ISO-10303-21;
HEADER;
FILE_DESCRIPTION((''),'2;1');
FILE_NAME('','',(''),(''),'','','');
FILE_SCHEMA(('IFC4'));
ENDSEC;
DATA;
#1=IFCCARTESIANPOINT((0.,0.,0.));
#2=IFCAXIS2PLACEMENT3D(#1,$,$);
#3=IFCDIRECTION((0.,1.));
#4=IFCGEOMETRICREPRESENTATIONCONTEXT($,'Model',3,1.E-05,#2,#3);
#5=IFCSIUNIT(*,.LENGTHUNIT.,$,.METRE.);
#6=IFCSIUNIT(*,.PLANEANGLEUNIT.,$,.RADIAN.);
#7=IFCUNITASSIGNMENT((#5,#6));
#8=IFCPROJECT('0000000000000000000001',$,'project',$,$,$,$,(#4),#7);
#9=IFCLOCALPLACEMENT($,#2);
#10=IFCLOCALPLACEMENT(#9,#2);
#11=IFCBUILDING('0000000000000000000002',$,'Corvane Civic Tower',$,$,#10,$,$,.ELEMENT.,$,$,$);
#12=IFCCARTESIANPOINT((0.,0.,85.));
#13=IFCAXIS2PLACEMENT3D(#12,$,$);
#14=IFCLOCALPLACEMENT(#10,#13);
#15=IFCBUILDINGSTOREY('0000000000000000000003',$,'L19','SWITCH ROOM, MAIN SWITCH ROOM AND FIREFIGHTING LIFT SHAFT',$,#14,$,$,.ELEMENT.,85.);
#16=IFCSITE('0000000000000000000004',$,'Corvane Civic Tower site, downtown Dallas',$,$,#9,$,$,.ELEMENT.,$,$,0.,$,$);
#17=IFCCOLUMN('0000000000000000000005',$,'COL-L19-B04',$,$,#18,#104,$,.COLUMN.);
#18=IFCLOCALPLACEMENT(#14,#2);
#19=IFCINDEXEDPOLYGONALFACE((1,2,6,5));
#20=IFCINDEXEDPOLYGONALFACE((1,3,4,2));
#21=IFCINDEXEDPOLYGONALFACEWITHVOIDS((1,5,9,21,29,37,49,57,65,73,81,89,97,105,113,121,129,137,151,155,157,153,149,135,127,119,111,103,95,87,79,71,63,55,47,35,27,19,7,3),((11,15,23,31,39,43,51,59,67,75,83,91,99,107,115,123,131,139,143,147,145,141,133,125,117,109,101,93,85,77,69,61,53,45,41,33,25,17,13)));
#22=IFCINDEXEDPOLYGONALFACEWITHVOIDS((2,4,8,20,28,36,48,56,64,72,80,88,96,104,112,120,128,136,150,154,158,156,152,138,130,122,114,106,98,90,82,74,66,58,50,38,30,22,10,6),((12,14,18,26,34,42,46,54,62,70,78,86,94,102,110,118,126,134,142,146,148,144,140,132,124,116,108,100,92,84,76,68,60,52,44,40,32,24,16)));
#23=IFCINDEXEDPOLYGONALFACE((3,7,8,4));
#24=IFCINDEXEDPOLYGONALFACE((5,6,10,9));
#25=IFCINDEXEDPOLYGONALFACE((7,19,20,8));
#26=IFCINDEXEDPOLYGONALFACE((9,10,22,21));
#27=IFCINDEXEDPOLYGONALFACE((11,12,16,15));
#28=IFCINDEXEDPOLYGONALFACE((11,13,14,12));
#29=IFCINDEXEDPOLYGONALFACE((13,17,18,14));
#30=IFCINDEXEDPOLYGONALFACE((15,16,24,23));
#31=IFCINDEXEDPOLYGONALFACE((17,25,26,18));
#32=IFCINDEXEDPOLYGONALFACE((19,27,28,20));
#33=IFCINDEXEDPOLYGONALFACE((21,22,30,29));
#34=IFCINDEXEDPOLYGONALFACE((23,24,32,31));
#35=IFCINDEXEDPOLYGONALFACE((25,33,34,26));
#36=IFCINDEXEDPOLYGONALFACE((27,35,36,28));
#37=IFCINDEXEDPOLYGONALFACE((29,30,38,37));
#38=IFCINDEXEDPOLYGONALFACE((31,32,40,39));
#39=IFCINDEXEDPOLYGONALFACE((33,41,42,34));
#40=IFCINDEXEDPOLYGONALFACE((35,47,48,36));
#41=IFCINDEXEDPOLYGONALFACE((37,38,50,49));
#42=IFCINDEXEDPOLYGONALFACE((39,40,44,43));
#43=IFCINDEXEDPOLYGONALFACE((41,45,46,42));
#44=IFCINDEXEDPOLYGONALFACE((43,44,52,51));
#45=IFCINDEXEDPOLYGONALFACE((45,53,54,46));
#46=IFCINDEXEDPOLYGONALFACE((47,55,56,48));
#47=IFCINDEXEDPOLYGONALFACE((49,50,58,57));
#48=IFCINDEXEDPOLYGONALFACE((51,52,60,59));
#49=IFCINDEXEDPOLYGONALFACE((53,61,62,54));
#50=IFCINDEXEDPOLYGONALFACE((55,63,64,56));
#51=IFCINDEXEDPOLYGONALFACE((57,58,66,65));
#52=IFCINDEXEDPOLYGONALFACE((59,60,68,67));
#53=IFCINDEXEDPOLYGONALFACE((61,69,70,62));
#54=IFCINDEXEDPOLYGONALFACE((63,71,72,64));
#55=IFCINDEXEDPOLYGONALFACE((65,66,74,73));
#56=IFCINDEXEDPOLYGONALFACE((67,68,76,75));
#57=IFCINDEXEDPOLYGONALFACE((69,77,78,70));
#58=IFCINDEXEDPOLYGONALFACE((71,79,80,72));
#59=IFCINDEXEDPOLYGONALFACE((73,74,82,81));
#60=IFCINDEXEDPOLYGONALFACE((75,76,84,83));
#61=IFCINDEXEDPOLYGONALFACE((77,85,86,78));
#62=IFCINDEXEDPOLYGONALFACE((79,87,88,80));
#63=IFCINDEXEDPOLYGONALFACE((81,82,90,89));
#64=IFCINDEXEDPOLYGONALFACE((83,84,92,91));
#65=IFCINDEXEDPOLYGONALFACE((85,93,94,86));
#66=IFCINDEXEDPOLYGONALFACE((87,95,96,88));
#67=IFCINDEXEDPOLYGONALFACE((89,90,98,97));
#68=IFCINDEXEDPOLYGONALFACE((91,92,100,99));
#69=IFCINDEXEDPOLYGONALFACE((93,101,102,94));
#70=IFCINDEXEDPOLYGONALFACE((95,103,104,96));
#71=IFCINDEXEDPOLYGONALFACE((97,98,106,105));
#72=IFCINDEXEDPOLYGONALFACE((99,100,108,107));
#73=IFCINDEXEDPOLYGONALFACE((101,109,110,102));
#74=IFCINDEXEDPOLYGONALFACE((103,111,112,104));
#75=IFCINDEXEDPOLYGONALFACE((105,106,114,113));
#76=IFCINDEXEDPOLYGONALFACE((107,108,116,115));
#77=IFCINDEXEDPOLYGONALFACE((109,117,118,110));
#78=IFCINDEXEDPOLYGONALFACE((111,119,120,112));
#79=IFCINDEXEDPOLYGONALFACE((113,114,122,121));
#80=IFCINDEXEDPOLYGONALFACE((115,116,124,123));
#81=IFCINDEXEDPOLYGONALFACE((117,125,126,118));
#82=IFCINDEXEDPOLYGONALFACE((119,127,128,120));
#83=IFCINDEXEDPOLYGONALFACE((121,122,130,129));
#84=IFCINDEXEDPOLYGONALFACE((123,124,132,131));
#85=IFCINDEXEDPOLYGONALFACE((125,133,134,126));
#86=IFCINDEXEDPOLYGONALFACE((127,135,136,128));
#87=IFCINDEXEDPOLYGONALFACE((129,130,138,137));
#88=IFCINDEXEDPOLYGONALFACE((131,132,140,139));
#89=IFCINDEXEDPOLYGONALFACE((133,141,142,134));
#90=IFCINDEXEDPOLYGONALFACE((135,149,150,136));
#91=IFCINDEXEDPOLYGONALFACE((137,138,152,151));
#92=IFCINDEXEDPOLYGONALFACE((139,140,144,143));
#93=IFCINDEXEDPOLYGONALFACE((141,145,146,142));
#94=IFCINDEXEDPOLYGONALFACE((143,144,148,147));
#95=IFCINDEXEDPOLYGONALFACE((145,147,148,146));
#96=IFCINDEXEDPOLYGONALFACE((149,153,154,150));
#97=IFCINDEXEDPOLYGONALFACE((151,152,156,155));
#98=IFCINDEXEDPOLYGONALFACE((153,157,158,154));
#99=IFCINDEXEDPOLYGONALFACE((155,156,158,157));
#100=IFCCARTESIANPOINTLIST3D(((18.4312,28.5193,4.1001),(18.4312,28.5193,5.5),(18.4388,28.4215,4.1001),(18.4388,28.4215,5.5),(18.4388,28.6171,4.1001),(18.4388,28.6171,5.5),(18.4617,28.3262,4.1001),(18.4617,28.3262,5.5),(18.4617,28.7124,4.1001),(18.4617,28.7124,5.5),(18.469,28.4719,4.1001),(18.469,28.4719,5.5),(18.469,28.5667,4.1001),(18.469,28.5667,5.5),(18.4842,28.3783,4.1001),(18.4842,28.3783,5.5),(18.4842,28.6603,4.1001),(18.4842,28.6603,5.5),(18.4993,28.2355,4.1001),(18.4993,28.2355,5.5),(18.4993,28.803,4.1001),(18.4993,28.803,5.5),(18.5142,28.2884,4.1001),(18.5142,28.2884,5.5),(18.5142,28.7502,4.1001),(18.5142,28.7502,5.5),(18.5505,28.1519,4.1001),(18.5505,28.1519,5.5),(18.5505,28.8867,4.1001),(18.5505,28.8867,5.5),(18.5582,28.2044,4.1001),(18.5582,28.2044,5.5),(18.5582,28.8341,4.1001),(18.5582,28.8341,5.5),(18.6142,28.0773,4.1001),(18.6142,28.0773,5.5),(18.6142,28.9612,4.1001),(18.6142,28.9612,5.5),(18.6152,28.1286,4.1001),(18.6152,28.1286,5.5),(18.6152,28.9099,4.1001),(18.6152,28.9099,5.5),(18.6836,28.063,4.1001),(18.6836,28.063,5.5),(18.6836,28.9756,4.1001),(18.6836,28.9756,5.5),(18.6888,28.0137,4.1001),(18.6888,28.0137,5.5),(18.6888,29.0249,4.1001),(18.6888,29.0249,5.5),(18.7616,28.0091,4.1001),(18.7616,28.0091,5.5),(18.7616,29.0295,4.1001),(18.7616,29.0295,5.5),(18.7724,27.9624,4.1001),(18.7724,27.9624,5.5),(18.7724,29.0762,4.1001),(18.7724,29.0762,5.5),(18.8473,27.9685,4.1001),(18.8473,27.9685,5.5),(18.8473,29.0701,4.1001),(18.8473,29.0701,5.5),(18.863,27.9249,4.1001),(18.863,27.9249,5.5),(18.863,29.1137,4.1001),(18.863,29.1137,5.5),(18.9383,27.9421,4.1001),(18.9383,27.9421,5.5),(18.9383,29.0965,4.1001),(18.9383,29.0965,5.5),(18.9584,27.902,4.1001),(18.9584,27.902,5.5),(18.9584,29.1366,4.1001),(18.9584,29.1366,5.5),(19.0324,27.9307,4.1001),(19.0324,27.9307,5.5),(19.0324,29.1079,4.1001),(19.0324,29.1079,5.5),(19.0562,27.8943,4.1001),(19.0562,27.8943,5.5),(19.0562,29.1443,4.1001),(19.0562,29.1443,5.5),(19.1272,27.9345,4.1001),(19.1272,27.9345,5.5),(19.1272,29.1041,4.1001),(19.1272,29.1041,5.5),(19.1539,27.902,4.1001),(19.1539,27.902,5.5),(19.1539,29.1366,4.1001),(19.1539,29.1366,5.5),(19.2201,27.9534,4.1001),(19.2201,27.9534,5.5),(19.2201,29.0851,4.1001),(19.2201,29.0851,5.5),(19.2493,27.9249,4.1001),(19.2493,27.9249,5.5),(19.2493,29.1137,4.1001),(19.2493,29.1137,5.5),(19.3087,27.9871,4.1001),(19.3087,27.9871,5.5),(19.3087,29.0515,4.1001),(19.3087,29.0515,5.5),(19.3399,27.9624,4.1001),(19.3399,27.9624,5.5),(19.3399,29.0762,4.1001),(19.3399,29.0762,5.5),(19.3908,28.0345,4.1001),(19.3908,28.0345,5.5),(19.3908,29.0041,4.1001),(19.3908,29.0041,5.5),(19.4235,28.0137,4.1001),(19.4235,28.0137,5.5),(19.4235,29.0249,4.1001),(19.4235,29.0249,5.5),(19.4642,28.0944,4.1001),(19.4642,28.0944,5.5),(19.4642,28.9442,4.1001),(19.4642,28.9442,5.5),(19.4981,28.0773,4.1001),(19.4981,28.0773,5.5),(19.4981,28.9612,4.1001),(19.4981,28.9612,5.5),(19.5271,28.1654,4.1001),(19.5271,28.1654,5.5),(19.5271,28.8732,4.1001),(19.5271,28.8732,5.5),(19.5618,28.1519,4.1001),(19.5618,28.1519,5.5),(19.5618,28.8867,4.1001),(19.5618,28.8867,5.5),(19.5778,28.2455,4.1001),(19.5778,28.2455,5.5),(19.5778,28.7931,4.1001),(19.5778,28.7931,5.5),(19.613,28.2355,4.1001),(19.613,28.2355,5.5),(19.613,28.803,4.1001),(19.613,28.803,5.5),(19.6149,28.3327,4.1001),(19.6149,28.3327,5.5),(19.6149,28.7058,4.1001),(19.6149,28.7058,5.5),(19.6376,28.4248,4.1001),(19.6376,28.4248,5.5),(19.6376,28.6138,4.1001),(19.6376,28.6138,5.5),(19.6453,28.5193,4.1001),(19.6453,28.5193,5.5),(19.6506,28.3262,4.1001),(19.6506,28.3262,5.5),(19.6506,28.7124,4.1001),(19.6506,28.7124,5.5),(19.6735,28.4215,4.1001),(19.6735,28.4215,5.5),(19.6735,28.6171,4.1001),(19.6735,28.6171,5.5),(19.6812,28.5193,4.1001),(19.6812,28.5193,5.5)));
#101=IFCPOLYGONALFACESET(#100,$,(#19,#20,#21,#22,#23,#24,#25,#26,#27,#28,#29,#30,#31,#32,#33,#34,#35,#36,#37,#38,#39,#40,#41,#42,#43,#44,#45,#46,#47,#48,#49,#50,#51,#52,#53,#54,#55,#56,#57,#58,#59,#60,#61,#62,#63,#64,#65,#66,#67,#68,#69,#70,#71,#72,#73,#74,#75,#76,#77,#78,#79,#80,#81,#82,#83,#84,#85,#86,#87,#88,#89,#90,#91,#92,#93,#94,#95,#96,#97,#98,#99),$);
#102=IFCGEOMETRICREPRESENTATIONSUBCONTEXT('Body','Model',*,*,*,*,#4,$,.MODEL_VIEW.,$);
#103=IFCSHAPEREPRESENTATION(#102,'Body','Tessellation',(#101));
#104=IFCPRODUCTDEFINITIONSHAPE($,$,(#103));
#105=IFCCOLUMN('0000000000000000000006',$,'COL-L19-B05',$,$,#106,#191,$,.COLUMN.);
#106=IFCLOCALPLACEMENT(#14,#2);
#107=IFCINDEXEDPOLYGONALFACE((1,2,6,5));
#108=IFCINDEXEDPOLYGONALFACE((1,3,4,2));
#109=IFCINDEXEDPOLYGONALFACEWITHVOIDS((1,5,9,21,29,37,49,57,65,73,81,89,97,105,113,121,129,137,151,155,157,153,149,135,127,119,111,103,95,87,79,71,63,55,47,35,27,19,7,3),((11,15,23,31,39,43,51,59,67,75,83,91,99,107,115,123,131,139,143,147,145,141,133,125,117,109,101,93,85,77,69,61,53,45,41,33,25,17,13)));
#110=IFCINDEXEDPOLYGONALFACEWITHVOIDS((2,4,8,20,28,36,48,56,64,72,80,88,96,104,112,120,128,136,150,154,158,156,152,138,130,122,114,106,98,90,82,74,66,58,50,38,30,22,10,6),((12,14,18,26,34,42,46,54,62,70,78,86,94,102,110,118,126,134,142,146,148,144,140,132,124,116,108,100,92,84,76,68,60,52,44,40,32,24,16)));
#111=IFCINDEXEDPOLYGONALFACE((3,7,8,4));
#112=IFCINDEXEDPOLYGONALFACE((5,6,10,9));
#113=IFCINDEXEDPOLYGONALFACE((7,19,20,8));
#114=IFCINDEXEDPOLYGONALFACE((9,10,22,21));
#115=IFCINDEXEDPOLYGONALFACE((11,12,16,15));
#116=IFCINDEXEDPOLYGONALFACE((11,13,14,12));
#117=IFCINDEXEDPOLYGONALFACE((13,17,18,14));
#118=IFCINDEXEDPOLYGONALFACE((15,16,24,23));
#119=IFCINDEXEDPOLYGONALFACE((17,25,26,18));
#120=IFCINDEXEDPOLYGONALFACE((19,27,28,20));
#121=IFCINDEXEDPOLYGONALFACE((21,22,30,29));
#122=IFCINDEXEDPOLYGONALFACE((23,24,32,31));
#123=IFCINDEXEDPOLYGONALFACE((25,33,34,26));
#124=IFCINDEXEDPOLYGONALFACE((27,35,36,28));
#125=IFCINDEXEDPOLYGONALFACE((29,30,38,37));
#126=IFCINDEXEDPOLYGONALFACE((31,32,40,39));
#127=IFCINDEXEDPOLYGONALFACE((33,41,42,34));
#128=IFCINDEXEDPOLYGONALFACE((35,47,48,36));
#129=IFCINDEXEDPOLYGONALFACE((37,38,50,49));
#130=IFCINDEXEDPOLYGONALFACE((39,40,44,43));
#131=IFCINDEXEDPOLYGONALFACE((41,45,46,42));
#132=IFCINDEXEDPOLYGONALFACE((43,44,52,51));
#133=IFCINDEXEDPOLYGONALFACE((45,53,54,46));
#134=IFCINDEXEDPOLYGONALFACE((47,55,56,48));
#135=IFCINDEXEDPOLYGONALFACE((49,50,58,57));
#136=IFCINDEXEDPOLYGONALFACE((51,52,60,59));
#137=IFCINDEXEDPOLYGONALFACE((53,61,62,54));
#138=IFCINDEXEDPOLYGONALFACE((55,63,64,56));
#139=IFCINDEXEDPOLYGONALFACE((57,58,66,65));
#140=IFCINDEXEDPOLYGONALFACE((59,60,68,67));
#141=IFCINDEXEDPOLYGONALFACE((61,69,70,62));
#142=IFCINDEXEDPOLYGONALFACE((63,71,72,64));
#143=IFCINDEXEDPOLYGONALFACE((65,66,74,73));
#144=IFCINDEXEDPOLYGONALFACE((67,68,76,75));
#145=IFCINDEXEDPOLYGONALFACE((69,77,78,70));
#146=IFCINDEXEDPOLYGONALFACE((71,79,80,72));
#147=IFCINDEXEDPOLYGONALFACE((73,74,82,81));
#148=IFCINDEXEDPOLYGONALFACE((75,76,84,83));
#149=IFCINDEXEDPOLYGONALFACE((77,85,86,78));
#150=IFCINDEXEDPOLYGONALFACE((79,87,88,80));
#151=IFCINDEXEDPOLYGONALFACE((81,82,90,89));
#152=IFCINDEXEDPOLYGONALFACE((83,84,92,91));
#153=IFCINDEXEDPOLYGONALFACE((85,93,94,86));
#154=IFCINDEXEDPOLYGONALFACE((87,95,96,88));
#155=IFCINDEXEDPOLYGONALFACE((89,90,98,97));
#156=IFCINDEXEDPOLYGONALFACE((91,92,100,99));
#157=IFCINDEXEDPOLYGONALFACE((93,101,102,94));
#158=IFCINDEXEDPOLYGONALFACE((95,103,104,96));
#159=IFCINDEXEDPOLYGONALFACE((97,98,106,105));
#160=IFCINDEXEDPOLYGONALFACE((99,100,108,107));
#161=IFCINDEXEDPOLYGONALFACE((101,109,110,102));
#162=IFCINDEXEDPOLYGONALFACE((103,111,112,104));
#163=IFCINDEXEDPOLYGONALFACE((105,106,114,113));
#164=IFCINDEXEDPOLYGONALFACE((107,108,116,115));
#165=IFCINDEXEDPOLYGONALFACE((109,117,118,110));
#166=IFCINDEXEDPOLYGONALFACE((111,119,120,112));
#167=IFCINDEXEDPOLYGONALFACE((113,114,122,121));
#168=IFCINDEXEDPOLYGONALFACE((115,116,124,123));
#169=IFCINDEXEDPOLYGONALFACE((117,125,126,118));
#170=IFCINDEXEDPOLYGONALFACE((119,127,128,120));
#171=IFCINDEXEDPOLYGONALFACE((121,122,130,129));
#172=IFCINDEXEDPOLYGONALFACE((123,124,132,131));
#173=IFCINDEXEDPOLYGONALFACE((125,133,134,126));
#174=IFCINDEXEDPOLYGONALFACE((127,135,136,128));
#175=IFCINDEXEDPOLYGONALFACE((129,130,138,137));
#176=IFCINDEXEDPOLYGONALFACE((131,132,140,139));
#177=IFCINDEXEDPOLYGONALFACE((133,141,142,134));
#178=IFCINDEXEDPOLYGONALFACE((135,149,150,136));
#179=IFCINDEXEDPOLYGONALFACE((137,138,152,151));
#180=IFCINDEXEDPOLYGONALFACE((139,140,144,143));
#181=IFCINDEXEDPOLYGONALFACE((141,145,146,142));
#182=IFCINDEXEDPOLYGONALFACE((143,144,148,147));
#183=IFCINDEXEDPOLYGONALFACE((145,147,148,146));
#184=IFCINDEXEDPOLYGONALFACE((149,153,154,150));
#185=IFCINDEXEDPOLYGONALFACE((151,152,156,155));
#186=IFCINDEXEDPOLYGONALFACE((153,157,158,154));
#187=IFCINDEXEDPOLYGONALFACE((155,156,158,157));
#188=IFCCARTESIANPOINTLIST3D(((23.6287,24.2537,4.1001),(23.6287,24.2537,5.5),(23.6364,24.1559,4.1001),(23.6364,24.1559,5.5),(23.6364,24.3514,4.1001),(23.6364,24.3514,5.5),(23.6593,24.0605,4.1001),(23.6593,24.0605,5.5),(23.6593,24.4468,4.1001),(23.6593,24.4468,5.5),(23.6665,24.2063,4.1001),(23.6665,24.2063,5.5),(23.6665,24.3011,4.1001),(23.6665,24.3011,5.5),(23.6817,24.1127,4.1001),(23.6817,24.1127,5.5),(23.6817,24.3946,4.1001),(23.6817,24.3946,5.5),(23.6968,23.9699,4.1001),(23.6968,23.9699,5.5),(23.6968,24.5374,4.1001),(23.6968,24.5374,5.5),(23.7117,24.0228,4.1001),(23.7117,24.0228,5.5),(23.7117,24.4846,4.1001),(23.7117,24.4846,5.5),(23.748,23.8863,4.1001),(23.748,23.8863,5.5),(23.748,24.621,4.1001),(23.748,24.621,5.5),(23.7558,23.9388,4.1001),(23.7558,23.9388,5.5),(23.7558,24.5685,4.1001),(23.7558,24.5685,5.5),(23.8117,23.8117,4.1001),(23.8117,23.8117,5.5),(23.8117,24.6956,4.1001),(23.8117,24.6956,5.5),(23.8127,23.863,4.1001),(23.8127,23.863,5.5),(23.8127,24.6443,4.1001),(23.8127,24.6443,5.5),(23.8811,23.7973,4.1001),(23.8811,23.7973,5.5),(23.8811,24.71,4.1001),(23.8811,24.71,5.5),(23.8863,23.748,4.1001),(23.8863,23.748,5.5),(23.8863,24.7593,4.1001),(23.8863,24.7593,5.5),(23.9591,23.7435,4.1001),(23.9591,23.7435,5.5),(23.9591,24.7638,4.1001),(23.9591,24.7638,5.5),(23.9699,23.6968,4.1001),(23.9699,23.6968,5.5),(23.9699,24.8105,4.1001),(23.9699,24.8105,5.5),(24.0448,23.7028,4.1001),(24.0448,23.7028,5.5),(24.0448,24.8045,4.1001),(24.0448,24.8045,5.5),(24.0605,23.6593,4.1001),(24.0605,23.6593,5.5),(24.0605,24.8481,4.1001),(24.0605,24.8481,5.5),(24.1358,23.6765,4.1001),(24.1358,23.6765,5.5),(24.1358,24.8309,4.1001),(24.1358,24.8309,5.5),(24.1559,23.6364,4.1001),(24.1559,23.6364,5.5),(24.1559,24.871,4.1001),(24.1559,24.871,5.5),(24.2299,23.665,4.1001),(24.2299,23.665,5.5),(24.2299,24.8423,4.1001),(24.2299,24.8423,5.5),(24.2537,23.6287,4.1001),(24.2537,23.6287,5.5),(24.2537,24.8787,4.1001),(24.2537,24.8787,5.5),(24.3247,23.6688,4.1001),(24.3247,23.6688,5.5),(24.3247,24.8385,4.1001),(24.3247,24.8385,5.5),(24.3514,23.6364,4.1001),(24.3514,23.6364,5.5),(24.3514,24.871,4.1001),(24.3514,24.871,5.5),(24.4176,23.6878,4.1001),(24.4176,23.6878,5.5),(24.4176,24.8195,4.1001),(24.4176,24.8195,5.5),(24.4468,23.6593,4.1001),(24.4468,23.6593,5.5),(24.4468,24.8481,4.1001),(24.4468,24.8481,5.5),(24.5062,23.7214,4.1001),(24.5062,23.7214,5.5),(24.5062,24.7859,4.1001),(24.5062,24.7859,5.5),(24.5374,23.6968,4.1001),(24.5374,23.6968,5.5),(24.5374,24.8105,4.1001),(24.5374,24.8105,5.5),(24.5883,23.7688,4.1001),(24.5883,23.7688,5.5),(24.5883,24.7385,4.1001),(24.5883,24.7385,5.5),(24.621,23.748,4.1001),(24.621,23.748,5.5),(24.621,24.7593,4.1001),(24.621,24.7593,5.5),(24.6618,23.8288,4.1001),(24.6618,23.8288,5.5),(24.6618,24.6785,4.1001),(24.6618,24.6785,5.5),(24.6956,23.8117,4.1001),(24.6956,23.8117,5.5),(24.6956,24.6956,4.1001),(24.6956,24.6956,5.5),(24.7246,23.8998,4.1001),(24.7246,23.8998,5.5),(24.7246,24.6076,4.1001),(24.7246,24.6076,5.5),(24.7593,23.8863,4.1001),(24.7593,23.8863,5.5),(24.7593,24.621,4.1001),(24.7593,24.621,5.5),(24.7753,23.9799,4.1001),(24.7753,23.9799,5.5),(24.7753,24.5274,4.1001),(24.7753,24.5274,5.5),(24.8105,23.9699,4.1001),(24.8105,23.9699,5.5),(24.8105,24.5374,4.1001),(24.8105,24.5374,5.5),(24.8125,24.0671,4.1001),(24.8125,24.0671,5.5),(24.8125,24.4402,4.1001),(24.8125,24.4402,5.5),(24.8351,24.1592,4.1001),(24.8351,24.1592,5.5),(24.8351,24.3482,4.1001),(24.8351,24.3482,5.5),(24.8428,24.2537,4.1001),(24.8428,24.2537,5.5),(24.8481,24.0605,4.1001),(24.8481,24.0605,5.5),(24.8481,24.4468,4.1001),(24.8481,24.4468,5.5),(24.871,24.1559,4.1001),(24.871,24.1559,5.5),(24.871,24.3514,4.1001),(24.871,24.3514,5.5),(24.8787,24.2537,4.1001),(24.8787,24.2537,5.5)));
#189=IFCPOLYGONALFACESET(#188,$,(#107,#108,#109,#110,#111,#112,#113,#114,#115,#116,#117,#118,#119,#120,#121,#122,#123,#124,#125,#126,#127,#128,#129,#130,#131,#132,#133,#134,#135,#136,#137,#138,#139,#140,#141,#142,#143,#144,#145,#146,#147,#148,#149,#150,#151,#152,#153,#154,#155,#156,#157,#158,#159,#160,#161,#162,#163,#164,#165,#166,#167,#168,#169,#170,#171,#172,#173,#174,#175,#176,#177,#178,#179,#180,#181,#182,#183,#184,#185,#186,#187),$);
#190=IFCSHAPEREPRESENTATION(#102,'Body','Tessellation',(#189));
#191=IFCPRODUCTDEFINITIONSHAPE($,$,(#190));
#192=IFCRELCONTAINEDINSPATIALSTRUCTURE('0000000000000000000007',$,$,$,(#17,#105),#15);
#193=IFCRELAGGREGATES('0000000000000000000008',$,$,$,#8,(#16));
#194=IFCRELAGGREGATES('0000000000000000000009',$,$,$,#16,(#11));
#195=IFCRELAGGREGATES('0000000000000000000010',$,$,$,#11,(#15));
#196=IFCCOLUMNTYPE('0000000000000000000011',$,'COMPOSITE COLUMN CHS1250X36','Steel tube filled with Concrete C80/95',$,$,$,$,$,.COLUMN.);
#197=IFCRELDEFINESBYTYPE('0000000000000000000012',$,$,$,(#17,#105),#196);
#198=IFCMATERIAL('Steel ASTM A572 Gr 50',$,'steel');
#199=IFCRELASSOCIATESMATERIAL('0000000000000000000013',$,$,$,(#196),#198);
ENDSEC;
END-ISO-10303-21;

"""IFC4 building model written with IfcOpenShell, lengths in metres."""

from ifc_helpers import new_model, si_unit, direction, frame, origin, origin_2d, place, context, subcontext, project, spatial, hollow_circle, extrude, material, material_profile, profile_set, type_object, element, save


model = new_model("IFC4")

# Units and contexts
model_context = context("Model", 3, precision=1e-05, world=origin(), true_north=direction((0.0, 1.0)))
body_context = subcontext(model_context, "Body", "Model", "MODEL_VIEW")
ifc_project = project(units=[si_unit("LENGTHUNIT", "METRE"), si_unit("PLANEANGLEUNIT", "RADIAN")], contexts=[model_context])

# Site, building, storey
site_placement = place(None, origin())
site = spatial("IfcSite", under=ifc_project, at=site_placement, Name="Corvane Civic Tower site, downtown Dallas", CompositionType="ELEMENT", RefElevation=0.0)
building_placement = place(site_placement, origin())
building = spatial("IfcBuilding", under=site, at=building_placement, Name="Corvane Civic Tower", CompositionType="ELEMENT")
storey_placement = place(building_placement, frame((0.0, 0.0, 85.0)))
storey = spatial("IfcBuildingStorey", under=building, at=storey_placement, Name="L19", Description="SWITCH ROOM, MAIN SWITCH ROOM AND FIREFIGHTING LIFT SHAFT", CompositionType="ELEMENT", Elevation=85.0)

# Columns
ifc_material_1 = material(Name="Steel ASTM A572 Gr 50", Category="steel")
ifc_material_profile_1 = material_profile(ifc_material_1, hollow_circle(Radius=0.625, WallThickness=0.0359, at=origin_2d()), Name="CHS1250X36")
ifc_profile_set_1 = profile_set([ifc_material_profile_1], Name="Steel ASTM A572 Gr 50")
column_type_1 = type_object("IfcColumnType", Name="COMPOSITE COLUMN CHS1250X36", Description="Steel tube filled with Concrete C80/95", PredefinedType="COLUMN", material=ifc_profile_set_1)
for number, where, z_axis, x_axis, name in (
    (1, (19.0562, 28.5193, 4.1001), (0.0, 0.0, 1.0), (1.0, 0.0, 0.0), "COL-L19-B04"),
    (2, (24.2537, 24.2537, 4.1001), (0.0, 0.0, 1.0), (1.0, 0.0, 0.0), "COL-L19-B05"),
):
    element("IfcColumn", number, at=place(storey_placement, frame(where, z_axis=z_axis, x_axis=x_axis)), inside=storey, type_object=column_type_1, Name=name, PredefinedType="COLUMN", context=body_context, shape_type="SweptSolid", body=[
        extrude(hollow_circle(Radius=0.625, WallThickness=0.0359, at=origin_2d()), origin(), (0.0, 0.0, 1.0), 1.3999),
    ])

save(model, "model.ifc")
